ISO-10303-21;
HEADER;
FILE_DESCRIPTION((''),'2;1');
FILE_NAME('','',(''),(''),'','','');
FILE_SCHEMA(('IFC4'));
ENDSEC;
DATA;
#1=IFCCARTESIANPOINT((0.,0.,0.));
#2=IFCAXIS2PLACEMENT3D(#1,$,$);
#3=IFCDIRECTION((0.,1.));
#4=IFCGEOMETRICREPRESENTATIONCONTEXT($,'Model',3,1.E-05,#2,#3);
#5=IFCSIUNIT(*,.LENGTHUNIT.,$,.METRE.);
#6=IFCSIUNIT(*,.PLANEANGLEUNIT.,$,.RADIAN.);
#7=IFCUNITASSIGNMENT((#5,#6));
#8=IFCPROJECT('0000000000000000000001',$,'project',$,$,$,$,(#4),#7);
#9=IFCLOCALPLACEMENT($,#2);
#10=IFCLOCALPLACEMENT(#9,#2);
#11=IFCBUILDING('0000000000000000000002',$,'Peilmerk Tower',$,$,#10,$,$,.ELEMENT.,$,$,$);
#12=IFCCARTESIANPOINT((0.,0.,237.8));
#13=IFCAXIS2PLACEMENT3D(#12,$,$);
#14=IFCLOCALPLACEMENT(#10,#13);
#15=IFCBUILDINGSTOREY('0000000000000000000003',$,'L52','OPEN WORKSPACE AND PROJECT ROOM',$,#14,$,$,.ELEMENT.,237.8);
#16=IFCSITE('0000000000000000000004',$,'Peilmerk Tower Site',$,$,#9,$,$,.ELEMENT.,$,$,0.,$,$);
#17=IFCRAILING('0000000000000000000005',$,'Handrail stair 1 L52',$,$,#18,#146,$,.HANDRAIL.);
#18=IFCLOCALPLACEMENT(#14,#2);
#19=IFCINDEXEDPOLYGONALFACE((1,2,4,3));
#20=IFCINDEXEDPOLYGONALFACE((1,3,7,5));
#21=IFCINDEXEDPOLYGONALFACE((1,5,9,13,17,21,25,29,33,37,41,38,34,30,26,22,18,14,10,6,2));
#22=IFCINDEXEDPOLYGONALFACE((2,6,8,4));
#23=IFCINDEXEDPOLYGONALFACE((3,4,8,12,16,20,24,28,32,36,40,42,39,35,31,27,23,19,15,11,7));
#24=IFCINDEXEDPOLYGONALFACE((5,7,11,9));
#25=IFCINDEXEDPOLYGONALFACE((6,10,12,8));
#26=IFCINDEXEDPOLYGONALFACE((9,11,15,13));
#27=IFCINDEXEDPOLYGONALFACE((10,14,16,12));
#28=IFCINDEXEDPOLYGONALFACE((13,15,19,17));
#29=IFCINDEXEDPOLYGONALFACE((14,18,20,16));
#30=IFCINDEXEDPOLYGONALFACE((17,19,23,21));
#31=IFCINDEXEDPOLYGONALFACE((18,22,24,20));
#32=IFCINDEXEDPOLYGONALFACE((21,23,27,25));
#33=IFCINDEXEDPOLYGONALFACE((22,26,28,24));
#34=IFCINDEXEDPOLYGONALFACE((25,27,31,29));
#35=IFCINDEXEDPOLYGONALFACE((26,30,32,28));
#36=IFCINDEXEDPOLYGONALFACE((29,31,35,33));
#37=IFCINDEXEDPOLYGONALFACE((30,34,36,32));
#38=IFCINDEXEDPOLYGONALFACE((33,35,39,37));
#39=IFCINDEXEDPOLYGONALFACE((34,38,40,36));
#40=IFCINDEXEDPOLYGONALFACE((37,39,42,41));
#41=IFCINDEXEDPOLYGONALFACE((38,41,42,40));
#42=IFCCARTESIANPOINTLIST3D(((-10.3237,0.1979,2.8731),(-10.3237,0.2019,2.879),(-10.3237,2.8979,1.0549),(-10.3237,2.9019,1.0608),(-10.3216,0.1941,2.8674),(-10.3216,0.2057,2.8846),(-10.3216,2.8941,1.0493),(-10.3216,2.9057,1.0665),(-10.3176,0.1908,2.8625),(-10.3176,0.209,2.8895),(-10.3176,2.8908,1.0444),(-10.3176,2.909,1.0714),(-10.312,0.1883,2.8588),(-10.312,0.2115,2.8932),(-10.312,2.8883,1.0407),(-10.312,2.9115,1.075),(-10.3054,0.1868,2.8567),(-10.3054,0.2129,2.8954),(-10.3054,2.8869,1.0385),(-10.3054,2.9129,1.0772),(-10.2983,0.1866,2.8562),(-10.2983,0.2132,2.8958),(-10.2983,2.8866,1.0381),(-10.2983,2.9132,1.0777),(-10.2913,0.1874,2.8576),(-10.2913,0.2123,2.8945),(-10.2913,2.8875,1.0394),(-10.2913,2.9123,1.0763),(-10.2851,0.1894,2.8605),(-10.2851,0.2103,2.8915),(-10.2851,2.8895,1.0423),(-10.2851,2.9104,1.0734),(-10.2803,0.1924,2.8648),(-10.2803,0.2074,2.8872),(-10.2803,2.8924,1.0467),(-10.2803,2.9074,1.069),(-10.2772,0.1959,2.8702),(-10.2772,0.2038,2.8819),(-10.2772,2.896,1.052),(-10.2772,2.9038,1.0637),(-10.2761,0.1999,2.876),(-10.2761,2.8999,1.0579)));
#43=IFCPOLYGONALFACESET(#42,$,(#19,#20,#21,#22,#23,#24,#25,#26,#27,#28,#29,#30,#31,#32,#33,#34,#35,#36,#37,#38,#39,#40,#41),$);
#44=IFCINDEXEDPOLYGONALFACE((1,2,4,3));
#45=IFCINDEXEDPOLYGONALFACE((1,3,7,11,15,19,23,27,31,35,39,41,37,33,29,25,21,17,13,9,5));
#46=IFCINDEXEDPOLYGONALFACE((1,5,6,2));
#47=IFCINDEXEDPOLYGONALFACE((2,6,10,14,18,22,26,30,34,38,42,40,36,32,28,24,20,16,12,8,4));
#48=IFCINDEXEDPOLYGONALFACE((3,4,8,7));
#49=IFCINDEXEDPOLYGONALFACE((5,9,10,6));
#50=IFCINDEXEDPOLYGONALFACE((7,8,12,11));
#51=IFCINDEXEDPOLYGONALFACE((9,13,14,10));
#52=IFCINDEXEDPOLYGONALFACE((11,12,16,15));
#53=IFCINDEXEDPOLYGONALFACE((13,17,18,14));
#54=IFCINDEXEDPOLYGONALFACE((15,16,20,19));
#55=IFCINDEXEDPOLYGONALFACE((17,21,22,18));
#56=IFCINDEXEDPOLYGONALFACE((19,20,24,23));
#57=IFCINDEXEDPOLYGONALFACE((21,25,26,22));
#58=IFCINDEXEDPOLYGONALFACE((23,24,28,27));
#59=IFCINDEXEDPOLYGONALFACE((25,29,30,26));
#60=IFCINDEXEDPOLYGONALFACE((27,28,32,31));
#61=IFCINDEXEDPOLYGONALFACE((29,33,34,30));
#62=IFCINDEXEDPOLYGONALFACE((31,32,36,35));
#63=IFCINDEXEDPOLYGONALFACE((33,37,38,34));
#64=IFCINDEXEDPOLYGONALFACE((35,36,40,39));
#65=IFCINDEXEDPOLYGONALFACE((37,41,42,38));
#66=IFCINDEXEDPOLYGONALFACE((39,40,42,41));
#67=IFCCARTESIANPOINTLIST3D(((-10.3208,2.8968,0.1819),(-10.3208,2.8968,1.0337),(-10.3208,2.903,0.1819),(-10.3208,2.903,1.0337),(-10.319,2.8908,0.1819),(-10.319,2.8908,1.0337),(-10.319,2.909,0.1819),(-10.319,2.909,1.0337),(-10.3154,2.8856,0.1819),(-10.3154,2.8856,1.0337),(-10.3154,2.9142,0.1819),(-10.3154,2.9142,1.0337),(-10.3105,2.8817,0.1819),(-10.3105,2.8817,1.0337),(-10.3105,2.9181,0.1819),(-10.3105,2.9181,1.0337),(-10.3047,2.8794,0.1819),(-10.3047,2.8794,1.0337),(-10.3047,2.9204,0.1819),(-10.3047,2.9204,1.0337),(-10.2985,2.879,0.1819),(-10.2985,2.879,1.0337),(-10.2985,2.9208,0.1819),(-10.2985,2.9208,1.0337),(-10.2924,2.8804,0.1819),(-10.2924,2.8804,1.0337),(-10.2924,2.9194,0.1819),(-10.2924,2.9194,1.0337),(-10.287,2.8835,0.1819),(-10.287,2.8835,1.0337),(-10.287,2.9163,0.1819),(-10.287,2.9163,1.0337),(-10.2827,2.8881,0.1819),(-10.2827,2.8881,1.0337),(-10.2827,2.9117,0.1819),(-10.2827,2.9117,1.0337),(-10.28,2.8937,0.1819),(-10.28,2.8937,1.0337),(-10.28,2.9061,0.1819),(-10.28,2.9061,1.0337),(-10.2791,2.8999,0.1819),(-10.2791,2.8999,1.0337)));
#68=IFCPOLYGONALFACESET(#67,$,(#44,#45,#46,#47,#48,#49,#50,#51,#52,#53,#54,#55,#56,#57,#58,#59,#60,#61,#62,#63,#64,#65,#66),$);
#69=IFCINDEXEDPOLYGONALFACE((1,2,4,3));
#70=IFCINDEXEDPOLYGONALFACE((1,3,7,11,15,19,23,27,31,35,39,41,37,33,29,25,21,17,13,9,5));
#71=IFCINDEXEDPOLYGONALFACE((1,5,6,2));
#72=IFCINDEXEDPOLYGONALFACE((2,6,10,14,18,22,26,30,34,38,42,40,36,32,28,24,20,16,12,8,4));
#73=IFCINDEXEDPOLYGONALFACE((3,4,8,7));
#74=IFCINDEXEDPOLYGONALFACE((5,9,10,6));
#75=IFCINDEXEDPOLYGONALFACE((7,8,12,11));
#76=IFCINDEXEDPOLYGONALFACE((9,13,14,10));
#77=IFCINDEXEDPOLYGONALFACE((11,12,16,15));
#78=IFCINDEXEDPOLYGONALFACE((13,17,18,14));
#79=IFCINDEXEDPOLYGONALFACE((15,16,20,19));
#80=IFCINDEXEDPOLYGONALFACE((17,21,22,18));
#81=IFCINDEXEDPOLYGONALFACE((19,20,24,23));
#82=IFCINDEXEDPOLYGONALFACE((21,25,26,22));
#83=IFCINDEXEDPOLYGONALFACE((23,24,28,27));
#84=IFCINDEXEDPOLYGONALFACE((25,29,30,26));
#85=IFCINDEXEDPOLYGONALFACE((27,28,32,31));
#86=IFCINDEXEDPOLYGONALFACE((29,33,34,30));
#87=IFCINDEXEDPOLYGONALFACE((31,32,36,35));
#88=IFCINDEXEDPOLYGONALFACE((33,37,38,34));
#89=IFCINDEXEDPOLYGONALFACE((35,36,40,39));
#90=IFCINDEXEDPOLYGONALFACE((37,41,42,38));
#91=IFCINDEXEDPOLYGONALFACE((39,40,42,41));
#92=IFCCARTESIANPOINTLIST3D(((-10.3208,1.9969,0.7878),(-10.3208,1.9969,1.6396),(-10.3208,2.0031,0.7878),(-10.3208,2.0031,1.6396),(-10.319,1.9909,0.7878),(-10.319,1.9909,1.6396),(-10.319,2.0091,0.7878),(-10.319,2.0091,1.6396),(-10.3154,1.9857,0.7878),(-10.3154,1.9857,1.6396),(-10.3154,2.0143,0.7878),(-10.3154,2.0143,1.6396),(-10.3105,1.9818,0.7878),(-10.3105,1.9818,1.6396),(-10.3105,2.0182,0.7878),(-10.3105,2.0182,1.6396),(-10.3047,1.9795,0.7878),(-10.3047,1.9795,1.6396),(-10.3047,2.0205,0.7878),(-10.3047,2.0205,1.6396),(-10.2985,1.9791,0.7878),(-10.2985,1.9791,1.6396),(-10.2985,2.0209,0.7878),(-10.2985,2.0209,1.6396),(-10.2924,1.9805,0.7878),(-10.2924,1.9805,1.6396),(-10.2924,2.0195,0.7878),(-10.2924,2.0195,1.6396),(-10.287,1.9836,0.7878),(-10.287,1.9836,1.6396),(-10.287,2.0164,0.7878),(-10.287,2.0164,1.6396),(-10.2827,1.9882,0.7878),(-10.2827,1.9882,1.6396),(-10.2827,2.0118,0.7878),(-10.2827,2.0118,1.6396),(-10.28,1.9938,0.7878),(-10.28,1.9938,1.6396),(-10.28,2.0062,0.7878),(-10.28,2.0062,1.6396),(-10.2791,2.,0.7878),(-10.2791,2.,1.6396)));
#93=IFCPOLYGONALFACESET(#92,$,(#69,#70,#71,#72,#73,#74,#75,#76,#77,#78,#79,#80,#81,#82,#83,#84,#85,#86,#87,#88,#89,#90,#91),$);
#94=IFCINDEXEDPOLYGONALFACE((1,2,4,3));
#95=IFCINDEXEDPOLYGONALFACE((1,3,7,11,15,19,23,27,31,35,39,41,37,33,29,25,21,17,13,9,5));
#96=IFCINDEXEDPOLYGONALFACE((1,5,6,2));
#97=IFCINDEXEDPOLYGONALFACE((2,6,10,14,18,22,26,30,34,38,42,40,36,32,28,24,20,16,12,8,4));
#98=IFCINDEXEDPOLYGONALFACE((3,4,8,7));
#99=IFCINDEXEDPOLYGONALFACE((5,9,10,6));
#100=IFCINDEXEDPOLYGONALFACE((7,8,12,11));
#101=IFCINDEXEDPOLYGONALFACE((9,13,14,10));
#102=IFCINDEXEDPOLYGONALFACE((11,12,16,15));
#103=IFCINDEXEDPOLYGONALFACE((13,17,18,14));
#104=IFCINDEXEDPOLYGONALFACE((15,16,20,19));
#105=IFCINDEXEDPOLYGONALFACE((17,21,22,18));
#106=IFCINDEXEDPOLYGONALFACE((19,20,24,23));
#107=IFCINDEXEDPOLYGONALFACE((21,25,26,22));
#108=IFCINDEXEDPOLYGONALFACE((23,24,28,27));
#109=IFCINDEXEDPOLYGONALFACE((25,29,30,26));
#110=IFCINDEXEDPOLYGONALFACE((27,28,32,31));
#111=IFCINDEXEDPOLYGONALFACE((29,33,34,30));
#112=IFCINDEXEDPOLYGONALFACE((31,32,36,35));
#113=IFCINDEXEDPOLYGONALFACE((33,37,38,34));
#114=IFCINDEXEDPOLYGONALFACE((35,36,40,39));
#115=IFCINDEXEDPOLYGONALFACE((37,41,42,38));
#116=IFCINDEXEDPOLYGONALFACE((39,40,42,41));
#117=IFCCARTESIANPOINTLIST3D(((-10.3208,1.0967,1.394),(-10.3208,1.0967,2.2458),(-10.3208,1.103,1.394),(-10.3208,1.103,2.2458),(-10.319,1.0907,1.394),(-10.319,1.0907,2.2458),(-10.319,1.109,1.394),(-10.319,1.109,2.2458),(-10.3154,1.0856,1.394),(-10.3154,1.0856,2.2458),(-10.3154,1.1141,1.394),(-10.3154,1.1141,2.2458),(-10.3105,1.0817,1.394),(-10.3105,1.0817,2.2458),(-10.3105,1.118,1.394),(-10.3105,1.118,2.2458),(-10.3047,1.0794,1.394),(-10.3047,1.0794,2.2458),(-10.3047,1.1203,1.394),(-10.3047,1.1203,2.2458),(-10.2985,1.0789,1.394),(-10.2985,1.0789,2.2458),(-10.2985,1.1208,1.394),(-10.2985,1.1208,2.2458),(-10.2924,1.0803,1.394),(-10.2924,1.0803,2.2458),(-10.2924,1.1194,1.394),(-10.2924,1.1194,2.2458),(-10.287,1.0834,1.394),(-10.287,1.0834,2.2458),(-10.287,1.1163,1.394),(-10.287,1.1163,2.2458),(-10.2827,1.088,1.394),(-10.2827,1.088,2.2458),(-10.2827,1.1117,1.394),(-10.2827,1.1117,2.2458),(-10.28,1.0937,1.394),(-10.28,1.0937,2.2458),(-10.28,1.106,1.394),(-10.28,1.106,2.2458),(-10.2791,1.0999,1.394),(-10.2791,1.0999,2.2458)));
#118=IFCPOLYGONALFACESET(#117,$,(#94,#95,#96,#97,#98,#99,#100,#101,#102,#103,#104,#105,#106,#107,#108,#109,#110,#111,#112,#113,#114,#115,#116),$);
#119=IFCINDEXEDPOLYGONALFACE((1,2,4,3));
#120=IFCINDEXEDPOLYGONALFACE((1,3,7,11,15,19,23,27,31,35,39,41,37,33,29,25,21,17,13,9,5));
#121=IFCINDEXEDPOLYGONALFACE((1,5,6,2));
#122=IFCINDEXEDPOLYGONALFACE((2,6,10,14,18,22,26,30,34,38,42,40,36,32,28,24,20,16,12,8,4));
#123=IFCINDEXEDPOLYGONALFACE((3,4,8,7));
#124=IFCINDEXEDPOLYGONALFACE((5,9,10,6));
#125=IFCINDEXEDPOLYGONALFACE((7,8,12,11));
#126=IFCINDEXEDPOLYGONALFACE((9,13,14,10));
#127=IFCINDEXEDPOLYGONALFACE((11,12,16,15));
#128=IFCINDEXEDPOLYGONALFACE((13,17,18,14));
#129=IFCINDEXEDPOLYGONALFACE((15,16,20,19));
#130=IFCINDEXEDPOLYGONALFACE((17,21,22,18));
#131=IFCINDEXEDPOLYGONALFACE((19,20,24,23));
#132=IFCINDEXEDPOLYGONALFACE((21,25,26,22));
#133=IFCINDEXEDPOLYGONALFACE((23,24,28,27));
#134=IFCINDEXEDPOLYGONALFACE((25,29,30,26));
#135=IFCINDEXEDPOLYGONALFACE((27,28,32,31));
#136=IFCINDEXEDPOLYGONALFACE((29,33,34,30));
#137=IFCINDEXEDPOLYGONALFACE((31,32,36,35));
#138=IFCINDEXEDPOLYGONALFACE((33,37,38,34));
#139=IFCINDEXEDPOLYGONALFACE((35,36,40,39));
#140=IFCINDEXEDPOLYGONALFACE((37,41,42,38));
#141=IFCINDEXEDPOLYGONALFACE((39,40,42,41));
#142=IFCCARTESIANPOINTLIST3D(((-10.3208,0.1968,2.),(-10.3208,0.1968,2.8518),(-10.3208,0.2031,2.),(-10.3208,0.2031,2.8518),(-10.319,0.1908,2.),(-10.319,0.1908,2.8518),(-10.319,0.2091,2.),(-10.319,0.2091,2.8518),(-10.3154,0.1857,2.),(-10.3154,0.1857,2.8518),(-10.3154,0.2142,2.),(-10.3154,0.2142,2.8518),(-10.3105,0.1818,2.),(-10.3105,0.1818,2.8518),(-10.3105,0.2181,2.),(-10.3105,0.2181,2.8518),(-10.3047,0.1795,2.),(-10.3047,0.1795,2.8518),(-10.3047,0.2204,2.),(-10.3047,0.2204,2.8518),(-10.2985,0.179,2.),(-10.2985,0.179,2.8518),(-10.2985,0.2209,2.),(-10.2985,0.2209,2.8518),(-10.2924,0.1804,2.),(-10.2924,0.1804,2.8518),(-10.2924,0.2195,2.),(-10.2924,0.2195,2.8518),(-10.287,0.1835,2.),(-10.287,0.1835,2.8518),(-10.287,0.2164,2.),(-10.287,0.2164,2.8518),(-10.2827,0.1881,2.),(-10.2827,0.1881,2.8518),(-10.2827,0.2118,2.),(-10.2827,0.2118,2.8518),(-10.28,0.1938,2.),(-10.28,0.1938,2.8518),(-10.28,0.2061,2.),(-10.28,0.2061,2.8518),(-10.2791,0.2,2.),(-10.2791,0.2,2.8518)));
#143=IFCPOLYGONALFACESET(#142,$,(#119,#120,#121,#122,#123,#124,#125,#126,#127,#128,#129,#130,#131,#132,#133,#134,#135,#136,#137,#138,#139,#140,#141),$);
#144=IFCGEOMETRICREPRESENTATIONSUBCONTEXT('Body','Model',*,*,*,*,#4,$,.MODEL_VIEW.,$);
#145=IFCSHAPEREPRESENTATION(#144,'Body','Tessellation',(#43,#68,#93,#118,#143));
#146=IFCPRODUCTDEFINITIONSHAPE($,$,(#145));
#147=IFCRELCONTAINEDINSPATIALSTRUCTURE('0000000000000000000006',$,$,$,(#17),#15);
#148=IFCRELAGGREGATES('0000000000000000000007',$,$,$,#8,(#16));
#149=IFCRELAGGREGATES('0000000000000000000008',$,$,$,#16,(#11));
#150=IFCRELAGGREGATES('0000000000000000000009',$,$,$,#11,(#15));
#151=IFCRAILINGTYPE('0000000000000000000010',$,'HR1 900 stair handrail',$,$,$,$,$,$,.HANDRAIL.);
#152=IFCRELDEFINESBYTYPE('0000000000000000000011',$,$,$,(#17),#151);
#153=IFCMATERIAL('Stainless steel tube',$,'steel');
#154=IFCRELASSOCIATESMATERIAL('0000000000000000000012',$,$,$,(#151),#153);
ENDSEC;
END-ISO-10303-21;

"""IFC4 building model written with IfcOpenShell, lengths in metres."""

from ifc_helpers import new_model, si_unit, direction, frame, origin, origin_2d, place, context, subcontext, project, spatial, circle, extrude, material, type_object, element, save


model = new_model("IFC4")

# Units and contexts
model_context = context("Model", 3, precision=1e-05, world=origin(), true_north=direction((0.0, 1.0)))
body_context = subcontext(model_context, "Body", "Model", "MODEL_VIEW")
ifc_project = project(units=[si_unit("LENGTHUNIT", "METRE"), si_unit("PLANEANGLEUNIT", "RADIAN")], contexts=[model_context])

# Site, building, storey
site_placement = place(None, origin())
site = spatial("IfcSite", under=ifc_project, at=site_placement, Name="Peilmerk Tower Site", CompositionType="ELEMENT", RefElevation=0.0)
building_placement = place(site_placement, origin())
building = spatial("IfcBuilding", under=site, at=building_placement, Name="Peilmerk Tower", CompositionType="ELEMENT")
storey_placement = place(building_placement, frame((0.0, 0.0, 237.8)))
storey = spatial("IfcBuildingStorey", under=building, at=storey_placement, Name="L52", Description="OPEN WORKSPACE AND PROJECT ROOM", CompositionType="ELEMENT", Elevation=237.8)

# Railing
ifc_material_1 = material(Name="Stainless steel tube", Category="steel")
railing_type_1 = type_object("IfcRailingType", Name="HR1 900 stair handrail", PredefinedType="HANDRAIL", material=ifc_material_1)
railing_1_placement = place(storey_placement, frame((-10.3, 2.8999, 0.1819)))
element("IfcRailing", 1, at=railing_1_placement, inside=storey, type_object=railing_type_1, Name="Handrail stair 1 L52", PredefinedType="HANDRAIL", context=body_context, shape_type="SweptSolid", body=[
    extrude(circle(Radius=0.0239, at=origin_2d()), frame((0.0, 0.0, 0.876), z_axis=(0.0, -0.829468, 0.558554), x_axis=(1.0, 0.0, 0.0)), (0.0, 0.0, 1.0), 3.2551),
    extrude(circle(Radius=0.021, at=origin_2d()), origin(), (0.0, 0.0, 1.0), 0.8518),
    extrude(circle(Radius=0.021, at=origin_2d()), frame((0.0, -0.8999, 0.606)), (0.0, 0.0, 1.0), 0.8518),
    extrude(circle(Radius=0.021, at=origin_2d()), frame((0.0, -1.8, 1.2122)), (0.0, 0.0, 1.0), 0.8518),
    extrude(circle(Radius=0.021, at=origin_2d()), frame((0.0, -2.7, 1.8181)), (0.0, 0.0, 1.0), 0.8518),
])

save(model, "model.ifc")
